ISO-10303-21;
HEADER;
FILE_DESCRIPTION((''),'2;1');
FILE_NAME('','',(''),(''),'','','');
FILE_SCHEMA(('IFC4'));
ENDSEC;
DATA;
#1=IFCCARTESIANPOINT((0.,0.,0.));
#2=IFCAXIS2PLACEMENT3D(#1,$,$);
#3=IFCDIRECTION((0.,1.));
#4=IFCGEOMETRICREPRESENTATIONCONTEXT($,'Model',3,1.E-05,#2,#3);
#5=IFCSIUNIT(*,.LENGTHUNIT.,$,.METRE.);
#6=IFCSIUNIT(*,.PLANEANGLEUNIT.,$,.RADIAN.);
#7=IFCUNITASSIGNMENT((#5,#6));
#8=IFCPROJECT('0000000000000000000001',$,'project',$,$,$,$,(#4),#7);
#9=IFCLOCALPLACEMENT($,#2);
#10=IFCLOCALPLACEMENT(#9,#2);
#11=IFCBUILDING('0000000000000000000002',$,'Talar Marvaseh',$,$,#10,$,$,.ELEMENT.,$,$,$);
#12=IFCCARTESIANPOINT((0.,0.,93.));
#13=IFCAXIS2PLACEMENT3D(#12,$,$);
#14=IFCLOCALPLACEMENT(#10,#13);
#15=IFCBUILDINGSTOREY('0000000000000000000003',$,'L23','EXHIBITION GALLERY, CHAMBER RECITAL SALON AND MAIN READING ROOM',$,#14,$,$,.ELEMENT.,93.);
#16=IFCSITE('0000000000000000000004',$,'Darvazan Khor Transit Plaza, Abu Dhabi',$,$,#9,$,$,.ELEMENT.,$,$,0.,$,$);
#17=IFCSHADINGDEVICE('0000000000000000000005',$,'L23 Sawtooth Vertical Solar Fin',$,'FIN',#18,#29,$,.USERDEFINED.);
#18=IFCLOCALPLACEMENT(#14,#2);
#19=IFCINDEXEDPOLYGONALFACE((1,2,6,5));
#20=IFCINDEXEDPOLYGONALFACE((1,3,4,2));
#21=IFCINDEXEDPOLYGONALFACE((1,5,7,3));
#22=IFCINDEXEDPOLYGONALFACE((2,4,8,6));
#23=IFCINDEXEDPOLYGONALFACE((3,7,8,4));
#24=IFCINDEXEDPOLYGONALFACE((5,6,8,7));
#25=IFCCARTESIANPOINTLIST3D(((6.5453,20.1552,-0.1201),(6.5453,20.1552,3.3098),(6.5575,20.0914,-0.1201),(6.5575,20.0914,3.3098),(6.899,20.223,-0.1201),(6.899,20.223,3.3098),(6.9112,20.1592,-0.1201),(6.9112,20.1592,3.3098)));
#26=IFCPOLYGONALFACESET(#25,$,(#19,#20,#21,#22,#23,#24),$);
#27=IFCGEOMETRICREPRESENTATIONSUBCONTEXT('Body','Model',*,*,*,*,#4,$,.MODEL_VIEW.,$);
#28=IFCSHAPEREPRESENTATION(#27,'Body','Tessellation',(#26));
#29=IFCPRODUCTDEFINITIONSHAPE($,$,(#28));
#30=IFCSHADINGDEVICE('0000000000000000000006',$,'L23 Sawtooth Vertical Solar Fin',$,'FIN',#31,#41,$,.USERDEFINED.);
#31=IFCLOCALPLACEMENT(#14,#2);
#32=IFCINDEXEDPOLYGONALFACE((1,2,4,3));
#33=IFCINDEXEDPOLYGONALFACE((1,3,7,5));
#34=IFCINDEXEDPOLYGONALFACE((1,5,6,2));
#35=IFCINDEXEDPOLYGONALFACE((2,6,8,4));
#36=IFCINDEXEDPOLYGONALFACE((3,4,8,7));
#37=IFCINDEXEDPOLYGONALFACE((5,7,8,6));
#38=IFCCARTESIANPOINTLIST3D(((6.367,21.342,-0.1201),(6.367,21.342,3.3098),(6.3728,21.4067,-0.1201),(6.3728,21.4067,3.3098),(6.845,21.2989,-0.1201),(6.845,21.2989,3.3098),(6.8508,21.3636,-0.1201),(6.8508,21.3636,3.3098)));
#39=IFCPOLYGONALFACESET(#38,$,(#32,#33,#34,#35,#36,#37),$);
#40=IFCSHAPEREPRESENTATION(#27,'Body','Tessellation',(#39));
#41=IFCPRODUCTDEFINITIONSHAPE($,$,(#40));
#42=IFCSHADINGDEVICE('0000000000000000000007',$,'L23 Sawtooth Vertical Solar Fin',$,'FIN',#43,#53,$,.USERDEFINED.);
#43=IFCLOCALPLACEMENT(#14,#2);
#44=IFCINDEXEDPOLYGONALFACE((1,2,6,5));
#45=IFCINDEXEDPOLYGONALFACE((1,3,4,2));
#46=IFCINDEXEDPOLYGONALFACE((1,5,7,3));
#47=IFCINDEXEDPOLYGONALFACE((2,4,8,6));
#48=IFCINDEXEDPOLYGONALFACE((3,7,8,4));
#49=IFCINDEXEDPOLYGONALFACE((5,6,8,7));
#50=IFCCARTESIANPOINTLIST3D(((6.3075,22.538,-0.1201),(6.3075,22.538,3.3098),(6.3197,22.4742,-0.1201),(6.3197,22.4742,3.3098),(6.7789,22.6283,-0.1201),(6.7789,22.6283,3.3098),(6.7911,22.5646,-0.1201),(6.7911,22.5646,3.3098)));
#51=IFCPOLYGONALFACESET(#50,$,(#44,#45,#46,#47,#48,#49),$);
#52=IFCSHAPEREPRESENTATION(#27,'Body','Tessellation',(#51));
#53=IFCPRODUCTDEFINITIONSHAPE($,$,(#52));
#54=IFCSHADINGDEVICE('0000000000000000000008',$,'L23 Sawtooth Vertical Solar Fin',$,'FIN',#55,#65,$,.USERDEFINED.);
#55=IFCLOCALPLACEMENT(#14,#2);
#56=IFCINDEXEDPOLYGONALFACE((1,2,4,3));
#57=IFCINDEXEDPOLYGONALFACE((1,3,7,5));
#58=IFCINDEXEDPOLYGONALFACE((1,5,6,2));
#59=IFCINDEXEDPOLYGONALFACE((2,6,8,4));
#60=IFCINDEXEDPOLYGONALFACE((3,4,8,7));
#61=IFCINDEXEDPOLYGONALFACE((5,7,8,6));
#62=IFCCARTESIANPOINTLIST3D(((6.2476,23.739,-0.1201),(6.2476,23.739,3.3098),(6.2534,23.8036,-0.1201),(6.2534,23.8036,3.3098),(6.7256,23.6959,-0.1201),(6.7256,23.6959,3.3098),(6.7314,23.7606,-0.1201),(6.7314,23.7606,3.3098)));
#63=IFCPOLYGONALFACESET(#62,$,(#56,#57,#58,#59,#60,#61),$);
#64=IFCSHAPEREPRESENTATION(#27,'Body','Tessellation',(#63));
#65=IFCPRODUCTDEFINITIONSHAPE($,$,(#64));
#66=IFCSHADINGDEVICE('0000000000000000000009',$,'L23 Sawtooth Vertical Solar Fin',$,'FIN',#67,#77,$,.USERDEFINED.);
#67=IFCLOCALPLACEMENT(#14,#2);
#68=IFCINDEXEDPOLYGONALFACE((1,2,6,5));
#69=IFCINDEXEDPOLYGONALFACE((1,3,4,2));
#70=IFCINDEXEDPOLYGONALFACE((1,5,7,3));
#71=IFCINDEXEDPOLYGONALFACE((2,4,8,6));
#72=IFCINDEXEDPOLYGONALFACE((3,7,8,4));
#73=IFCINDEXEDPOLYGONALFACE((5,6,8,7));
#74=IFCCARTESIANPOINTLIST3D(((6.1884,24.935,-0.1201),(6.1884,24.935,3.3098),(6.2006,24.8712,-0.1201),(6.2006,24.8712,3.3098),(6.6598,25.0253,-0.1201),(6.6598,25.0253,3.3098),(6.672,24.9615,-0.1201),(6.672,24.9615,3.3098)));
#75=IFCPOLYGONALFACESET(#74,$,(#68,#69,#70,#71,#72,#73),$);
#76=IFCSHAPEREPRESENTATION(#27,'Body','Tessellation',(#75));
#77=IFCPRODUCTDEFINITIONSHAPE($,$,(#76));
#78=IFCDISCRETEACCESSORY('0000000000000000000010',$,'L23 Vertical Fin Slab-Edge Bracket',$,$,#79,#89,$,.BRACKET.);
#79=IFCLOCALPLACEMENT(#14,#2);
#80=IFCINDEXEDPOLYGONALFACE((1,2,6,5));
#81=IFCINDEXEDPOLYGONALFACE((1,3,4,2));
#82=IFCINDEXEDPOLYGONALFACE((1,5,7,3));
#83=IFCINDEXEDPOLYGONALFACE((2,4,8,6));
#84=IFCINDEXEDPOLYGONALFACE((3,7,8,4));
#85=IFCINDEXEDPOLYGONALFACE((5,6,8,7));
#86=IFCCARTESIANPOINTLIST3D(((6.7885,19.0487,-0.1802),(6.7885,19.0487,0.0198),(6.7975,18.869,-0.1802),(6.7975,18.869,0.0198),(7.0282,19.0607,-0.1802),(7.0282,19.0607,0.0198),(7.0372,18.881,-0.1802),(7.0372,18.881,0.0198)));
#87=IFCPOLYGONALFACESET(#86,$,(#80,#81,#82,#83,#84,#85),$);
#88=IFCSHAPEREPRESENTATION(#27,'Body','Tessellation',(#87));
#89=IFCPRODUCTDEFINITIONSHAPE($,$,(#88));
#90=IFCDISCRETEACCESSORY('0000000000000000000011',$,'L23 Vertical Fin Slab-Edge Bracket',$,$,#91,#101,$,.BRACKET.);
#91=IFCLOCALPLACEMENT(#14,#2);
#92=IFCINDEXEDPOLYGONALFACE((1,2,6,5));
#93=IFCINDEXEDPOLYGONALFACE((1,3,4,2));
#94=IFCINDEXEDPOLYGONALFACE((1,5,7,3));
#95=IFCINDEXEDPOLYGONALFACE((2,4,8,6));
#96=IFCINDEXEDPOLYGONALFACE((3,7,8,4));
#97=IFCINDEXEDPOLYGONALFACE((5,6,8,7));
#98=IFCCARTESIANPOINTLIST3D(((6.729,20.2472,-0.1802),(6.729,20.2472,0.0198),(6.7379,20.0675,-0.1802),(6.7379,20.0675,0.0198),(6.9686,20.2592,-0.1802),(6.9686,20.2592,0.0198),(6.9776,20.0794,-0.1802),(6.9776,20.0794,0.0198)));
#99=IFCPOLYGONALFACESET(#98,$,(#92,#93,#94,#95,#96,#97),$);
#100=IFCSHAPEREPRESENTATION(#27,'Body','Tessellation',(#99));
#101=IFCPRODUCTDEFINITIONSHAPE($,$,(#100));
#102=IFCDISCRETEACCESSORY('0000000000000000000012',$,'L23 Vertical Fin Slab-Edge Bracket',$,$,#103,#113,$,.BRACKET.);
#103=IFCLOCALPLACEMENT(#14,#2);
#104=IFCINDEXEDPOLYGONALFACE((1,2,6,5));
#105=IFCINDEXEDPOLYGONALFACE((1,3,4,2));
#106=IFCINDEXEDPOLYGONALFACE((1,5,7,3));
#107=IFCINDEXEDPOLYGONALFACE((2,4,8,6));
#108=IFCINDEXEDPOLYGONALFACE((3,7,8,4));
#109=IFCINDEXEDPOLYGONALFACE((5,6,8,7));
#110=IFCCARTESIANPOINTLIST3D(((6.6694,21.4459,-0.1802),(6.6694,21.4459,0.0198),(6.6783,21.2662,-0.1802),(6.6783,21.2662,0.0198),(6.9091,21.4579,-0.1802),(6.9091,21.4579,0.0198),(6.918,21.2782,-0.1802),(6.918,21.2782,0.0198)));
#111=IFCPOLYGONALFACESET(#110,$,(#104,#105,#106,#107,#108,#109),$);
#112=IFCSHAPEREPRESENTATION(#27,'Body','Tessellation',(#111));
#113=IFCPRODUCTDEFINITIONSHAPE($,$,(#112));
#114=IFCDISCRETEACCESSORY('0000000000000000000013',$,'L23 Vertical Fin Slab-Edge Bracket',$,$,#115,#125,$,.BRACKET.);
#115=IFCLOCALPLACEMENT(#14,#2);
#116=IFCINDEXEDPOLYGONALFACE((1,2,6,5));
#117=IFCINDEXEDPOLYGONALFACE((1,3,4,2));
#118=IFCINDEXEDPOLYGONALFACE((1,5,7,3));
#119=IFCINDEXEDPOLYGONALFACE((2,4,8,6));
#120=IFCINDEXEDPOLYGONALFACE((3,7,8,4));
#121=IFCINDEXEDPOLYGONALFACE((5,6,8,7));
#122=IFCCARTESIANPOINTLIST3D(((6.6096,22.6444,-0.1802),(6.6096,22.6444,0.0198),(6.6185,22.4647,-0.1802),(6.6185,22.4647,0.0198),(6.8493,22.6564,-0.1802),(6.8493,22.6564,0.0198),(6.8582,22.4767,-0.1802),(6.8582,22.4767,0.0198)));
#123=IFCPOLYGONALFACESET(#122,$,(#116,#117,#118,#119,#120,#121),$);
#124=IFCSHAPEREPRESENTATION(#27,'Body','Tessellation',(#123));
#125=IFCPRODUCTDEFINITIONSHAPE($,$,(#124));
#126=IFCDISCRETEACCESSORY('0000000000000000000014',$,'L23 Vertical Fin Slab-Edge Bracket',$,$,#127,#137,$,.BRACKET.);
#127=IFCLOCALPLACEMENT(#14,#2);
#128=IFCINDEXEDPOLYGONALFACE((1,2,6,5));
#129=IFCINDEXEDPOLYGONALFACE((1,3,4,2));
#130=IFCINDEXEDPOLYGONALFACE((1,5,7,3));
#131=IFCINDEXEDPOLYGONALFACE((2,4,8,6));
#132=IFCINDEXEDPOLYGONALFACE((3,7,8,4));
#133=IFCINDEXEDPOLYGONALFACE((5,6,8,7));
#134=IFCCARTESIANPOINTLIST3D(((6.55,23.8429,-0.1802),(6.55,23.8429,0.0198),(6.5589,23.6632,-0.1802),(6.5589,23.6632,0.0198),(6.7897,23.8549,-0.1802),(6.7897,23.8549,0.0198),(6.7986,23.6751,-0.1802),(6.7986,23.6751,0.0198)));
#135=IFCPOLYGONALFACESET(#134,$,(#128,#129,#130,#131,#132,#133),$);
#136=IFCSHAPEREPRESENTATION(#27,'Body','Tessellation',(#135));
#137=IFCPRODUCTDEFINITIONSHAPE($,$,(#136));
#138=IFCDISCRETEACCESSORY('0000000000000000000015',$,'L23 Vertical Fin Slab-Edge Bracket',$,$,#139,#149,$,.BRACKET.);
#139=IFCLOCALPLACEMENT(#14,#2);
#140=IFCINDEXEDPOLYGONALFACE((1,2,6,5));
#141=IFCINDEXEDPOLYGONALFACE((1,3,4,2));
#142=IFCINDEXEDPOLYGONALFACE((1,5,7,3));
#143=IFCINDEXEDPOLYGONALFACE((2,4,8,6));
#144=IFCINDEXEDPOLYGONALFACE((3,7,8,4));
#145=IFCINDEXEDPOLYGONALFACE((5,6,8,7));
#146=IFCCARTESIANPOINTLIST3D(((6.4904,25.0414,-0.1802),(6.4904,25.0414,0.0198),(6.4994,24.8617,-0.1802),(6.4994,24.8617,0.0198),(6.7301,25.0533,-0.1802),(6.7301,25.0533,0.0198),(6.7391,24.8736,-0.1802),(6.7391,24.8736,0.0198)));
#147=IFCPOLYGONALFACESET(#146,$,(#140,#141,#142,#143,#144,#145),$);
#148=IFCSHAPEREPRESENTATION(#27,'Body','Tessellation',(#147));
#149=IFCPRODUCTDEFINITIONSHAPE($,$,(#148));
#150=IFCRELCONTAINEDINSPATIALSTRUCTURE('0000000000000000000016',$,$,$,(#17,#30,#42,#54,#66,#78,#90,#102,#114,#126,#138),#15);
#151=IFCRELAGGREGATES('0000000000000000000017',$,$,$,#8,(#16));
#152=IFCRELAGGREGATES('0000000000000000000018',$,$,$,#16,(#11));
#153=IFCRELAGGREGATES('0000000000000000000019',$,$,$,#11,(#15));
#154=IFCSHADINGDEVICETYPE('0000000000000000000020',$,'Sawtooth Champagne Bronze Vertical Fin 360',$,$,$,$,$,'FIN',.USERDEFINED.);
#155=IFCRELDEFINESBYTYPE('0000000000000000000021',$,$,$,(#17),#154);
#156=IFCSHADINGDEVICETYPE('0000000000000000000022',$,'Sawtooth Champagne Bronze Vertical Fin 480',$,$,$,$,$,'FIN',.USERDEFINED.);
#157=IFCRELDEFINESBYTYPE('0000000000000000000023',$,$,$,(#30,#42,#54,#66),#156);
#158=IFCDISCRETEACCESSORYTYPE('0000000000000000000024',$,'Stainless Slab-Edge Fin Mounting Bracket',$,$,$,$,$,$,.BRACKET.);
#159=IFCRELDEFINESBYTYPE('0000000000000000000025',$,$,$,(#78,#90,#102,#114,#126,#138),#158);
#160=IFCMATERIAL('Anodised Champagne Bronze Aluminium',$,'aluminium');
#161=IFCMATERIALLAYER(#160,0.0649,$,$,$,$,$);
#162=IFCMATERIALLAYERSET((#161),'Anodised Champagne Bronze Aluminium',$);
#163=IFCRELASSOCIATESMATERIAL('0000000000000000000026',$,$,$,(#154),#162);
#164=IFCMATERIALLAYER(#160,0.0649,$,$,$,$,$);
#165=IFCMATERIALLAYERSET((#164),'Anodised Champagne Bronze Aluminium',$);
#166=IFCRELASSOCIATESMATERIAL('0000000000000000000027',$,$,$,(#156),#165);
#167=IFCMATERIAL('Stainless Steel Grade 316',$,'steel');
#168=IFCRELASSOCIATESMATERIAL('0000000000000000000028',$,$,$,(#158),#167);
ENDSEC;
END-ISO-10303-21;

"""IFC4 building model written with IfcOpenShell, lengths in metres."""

from ifc_helpers import new_model, si_unit, direction, frame, origin, origin_2d, place, context, subcontext, project, spatial, rectangle, extrude, source, transform, mapped, material, layer, layer_set, type_object, type_shapes, element, save


model = new_model("IFC4")

# Units and contexts
model_context = context("Model", 3, precision=1e-05, world=origin(), true_north=direction((0.0, 1.0)))
body_context = subcontext(model_context, "Body", "Model", "MODEL_VIEW")
ifc_project = project(units=[si_unit("LENGTHUNIT", "METRE"), si_unit("PLANEANGLEUNIT", "RADIAN")], contexts=[model_context])

# Site, building, storey
site_placement = place(None, origin())
site = spatial("IfcSite", under=ifc_project, at=site_placement, Name="Darvazan Khor Transit Plaza, Abu Dhabi", CompositionType="ELEMENT", RefElevation=0.0)
building_placement = place(site_placement, origin())
building = spatial("IfcBuilding", under=site, at=building_placement, Name="Talar Marvaseh", CompositionType="ELEMENT")
storey_placement = place(building_placement, frame((0.0, 0.0, 93.0)))
storey = spatial("IfcBuildingStorey", under=building, at=storey_placement, Name="L23", Description="EXHIBITION GALLERY, CHAMBER RECITAL SALON AND MAIN READING ROOM", CompositionType="ELEMENT", Elevation=93.0)

# Shading devices
ifc_material_1 = material(Name="Anodised Champagne Bronze Aluminium", Category="aluminium")
ifc_layer_1 = layer(ifc_material_1, 0.0649)
ifc_layer_set_1 = layer_set([ifc_layer_1], Name="Anodised Champagne Bronze Aluminium")
shading_device_type_1 = type_object("IfcShadingDeviceType", Name="Sawtooth Champagne Bronze Vertical Fin 360", ElementType="FIN", PredefinedType="USERDEFINED", material=ifc_layer_set_1)
shared_shape_1 = source(origin(), body_context, "Body", "SweptSolid", [
    extrude(rectangle(XDim=0.3601, YDim=0.0649, at=origin_2d()), origin(), (0.0, 0.0, 1.0), 3.4299),
])
type_shapes(shading_device_type_1, [shared_shape_1])
for number, where, z_axis, x_axis, name in (
    (1, (6.7283, 20.1572, -0.1201), (0.0, 0.0, 1.0), (-0.982123, -0.188238, 0.0), "L23 Sawtooth Vertical Solar Fin"),
):
    element("IfcShadingDevice", number, at=place(storey_placement, frame(where, z_axis=z_axis, x_axis=x_axis)), inside=storey, type_object=shading_device_type_1, Name=name, ObjectType="FIN", PredefinedType="USERDEFINED", context=body_context, shape_type="MappedRepresentation", body=[
        mapped(shared_shape_1, transform((0.0, 0.0, 0.0), x_axis=(1.0, 0.0, 0.0), y_axis=(0.0, 1.0, 0.0), z_axis=(0.0, 0.0, 1.0), scale=1.0)),
    ])
ifc_layer_2 = layer(ifc_material_1, 0.0649)
ifc_layer_set_2 = layer_set([ifc_layer_2], Name="Anodised Champagne Bronze Aluminium")
shading_device_type_2 = type_object("IfcShadingDeviceType", Name="Sawtooth Champagne Bronze Vertical Fin 480", ElementType="FIN", PredefinedType="USERDEFINED", material=ifc_layer_set_2)
shared_shape_2 = source(origin(), body_context, "Body", "SweptSolid", [
    extrude(rectangle(XDim=0.48, YDim=0.0649, at=origin_2d()), origin(), (0.0, 0.0, 1.0), 3.4299),
])
type_shapes(shading_device_type_2, [shared_shape_2])
for number, where, z_axis, x_axis, name in (
    (2, (6.6089, 21.3528, -0.1201), (0.0, 0.0, 1.0), (-0.995963, 0.089763, 0.0), "L23 Sawtooth Vertical Solar Fin"),
    (3, (6.5493, 22.5513, -0.1201), (0.0, 0.0, 1.0), (-0.982123, -0.188238, 0.0), "L23 Sawtooth Vertical Solar Fin"),
    (4, (6.4895, 23.7498, -0.1201), (0.0, 0.0, 1.0), (-0.995963, 0.089763, 0.0), "L23 Sawtooth Vertical Solar Fin"),
    (5, (6.4302, 24.9482, -0.1201), (0.0, 0.0, 1.0), (-0.982123, -0.188238, 0.0), "L23 Sawtooth Vertical Solar Fin"),
):
    element("IfcShadingDevice", number, at=place(storey_placement, frame(where, z_axis=z_axis, x_axis=x_axis)), inside=storey, type_object=shading_device_type_2, Name=name, ObjectType="FIN", PredefinedType="USERDEFINED", context=body_context, shape_type="MappedRepresentation", body=[
        mapped(shared_shape_2, transform((0.0, 0.0, 0.0), x_axis=(1.0, 0.0, 0.0), y_axis=(0.0, 1.0, 0.0), z_axis=(0.0, 0.0, 1.0), scale=1.0)),
    ])

# Discrete accessories
ifc_material_2 = material(Name="Stainless Steel Grade 316", Category="steel")
discrete_accessory_type = type_object("IfcDiscreteAccessoryType", Name="Stainless Slab-Edge Fin Mounting Bracket", PredefinedType="BRACKET", material=ifc_material_2)
shared_shape_3 = source(origin(), body_context, "Body", "SweptSolid", [
    extrude(rectangle(XDim=0.24, YDim=0.1799, at=origin_2d()), origin(), (0.0, 0.0, 1.0), 0.2),
])
type_shapes(discrete_accessory_type, [shared_shape_3])
for number, where, z_axis, x_axis, name in (
    (6, (6.9128, 18.9648, -0.1802), (0.0, 0.0, 1.0), (-0.998763, -0.049721, 0.0), "L23 Vertical Fin Slab-Edge Bracket"),
    (7, (6.8533, 20.1633, -0.1802), (0.0, 0.0, 1.0), (-0.998763, -0.049721, 0.0), "L23 Vertical Fin Slab-Edge Bracket"),
    (8, (6.7937, 21.3621, -0.1802), (0.0, 0.0, 1.0), (-0.998763, -0.049721, 0.0), "L23 Vertical Fin Slab-Edge Bracket"),
    (9, (6.7339, 22.5605, -0.1802), (0.0, 0.0, 1.0), (-0.998763, -0.049721, 0.0), "L23 Vertical Fin Slab-Edge Bracket"),
    (10, (6.6743, 23.759, -0.1802), (0.0, 0.0, 1.0), (-0.998763, -0.049721, 0.0), "L23 Vertical Fin Slab-Edge Bracket"),
    (11, (6.6147, 24.9575, -0.1802), (0.0, 0.0, 1.0), (-0.998763, -0.049721, 0.0), "L23 Vertical Fin Slab-Edge Bracket"),
):
    element("IfcDiscreteAccessory", number, at=place(storey_placement, frame(where, z_axis=z_axis, x_axis=x_axis)), inside=storey, type_object=discrete_accessory_type, Name=name, PredefinedType="BRACKET", context=body_context, shape_type="MappedRepresentation", body=[
        mapped(shared_shape_3, transform((0.0, 0.0, 0.0), x_axis=(1.0, 0.0, 0.0), y_axis=(0.0, 1.0, 0.0), z_axis=(0.0, 0.0, 1.0), scale=1.0)),
    ])

save(model, "model.ifc")
